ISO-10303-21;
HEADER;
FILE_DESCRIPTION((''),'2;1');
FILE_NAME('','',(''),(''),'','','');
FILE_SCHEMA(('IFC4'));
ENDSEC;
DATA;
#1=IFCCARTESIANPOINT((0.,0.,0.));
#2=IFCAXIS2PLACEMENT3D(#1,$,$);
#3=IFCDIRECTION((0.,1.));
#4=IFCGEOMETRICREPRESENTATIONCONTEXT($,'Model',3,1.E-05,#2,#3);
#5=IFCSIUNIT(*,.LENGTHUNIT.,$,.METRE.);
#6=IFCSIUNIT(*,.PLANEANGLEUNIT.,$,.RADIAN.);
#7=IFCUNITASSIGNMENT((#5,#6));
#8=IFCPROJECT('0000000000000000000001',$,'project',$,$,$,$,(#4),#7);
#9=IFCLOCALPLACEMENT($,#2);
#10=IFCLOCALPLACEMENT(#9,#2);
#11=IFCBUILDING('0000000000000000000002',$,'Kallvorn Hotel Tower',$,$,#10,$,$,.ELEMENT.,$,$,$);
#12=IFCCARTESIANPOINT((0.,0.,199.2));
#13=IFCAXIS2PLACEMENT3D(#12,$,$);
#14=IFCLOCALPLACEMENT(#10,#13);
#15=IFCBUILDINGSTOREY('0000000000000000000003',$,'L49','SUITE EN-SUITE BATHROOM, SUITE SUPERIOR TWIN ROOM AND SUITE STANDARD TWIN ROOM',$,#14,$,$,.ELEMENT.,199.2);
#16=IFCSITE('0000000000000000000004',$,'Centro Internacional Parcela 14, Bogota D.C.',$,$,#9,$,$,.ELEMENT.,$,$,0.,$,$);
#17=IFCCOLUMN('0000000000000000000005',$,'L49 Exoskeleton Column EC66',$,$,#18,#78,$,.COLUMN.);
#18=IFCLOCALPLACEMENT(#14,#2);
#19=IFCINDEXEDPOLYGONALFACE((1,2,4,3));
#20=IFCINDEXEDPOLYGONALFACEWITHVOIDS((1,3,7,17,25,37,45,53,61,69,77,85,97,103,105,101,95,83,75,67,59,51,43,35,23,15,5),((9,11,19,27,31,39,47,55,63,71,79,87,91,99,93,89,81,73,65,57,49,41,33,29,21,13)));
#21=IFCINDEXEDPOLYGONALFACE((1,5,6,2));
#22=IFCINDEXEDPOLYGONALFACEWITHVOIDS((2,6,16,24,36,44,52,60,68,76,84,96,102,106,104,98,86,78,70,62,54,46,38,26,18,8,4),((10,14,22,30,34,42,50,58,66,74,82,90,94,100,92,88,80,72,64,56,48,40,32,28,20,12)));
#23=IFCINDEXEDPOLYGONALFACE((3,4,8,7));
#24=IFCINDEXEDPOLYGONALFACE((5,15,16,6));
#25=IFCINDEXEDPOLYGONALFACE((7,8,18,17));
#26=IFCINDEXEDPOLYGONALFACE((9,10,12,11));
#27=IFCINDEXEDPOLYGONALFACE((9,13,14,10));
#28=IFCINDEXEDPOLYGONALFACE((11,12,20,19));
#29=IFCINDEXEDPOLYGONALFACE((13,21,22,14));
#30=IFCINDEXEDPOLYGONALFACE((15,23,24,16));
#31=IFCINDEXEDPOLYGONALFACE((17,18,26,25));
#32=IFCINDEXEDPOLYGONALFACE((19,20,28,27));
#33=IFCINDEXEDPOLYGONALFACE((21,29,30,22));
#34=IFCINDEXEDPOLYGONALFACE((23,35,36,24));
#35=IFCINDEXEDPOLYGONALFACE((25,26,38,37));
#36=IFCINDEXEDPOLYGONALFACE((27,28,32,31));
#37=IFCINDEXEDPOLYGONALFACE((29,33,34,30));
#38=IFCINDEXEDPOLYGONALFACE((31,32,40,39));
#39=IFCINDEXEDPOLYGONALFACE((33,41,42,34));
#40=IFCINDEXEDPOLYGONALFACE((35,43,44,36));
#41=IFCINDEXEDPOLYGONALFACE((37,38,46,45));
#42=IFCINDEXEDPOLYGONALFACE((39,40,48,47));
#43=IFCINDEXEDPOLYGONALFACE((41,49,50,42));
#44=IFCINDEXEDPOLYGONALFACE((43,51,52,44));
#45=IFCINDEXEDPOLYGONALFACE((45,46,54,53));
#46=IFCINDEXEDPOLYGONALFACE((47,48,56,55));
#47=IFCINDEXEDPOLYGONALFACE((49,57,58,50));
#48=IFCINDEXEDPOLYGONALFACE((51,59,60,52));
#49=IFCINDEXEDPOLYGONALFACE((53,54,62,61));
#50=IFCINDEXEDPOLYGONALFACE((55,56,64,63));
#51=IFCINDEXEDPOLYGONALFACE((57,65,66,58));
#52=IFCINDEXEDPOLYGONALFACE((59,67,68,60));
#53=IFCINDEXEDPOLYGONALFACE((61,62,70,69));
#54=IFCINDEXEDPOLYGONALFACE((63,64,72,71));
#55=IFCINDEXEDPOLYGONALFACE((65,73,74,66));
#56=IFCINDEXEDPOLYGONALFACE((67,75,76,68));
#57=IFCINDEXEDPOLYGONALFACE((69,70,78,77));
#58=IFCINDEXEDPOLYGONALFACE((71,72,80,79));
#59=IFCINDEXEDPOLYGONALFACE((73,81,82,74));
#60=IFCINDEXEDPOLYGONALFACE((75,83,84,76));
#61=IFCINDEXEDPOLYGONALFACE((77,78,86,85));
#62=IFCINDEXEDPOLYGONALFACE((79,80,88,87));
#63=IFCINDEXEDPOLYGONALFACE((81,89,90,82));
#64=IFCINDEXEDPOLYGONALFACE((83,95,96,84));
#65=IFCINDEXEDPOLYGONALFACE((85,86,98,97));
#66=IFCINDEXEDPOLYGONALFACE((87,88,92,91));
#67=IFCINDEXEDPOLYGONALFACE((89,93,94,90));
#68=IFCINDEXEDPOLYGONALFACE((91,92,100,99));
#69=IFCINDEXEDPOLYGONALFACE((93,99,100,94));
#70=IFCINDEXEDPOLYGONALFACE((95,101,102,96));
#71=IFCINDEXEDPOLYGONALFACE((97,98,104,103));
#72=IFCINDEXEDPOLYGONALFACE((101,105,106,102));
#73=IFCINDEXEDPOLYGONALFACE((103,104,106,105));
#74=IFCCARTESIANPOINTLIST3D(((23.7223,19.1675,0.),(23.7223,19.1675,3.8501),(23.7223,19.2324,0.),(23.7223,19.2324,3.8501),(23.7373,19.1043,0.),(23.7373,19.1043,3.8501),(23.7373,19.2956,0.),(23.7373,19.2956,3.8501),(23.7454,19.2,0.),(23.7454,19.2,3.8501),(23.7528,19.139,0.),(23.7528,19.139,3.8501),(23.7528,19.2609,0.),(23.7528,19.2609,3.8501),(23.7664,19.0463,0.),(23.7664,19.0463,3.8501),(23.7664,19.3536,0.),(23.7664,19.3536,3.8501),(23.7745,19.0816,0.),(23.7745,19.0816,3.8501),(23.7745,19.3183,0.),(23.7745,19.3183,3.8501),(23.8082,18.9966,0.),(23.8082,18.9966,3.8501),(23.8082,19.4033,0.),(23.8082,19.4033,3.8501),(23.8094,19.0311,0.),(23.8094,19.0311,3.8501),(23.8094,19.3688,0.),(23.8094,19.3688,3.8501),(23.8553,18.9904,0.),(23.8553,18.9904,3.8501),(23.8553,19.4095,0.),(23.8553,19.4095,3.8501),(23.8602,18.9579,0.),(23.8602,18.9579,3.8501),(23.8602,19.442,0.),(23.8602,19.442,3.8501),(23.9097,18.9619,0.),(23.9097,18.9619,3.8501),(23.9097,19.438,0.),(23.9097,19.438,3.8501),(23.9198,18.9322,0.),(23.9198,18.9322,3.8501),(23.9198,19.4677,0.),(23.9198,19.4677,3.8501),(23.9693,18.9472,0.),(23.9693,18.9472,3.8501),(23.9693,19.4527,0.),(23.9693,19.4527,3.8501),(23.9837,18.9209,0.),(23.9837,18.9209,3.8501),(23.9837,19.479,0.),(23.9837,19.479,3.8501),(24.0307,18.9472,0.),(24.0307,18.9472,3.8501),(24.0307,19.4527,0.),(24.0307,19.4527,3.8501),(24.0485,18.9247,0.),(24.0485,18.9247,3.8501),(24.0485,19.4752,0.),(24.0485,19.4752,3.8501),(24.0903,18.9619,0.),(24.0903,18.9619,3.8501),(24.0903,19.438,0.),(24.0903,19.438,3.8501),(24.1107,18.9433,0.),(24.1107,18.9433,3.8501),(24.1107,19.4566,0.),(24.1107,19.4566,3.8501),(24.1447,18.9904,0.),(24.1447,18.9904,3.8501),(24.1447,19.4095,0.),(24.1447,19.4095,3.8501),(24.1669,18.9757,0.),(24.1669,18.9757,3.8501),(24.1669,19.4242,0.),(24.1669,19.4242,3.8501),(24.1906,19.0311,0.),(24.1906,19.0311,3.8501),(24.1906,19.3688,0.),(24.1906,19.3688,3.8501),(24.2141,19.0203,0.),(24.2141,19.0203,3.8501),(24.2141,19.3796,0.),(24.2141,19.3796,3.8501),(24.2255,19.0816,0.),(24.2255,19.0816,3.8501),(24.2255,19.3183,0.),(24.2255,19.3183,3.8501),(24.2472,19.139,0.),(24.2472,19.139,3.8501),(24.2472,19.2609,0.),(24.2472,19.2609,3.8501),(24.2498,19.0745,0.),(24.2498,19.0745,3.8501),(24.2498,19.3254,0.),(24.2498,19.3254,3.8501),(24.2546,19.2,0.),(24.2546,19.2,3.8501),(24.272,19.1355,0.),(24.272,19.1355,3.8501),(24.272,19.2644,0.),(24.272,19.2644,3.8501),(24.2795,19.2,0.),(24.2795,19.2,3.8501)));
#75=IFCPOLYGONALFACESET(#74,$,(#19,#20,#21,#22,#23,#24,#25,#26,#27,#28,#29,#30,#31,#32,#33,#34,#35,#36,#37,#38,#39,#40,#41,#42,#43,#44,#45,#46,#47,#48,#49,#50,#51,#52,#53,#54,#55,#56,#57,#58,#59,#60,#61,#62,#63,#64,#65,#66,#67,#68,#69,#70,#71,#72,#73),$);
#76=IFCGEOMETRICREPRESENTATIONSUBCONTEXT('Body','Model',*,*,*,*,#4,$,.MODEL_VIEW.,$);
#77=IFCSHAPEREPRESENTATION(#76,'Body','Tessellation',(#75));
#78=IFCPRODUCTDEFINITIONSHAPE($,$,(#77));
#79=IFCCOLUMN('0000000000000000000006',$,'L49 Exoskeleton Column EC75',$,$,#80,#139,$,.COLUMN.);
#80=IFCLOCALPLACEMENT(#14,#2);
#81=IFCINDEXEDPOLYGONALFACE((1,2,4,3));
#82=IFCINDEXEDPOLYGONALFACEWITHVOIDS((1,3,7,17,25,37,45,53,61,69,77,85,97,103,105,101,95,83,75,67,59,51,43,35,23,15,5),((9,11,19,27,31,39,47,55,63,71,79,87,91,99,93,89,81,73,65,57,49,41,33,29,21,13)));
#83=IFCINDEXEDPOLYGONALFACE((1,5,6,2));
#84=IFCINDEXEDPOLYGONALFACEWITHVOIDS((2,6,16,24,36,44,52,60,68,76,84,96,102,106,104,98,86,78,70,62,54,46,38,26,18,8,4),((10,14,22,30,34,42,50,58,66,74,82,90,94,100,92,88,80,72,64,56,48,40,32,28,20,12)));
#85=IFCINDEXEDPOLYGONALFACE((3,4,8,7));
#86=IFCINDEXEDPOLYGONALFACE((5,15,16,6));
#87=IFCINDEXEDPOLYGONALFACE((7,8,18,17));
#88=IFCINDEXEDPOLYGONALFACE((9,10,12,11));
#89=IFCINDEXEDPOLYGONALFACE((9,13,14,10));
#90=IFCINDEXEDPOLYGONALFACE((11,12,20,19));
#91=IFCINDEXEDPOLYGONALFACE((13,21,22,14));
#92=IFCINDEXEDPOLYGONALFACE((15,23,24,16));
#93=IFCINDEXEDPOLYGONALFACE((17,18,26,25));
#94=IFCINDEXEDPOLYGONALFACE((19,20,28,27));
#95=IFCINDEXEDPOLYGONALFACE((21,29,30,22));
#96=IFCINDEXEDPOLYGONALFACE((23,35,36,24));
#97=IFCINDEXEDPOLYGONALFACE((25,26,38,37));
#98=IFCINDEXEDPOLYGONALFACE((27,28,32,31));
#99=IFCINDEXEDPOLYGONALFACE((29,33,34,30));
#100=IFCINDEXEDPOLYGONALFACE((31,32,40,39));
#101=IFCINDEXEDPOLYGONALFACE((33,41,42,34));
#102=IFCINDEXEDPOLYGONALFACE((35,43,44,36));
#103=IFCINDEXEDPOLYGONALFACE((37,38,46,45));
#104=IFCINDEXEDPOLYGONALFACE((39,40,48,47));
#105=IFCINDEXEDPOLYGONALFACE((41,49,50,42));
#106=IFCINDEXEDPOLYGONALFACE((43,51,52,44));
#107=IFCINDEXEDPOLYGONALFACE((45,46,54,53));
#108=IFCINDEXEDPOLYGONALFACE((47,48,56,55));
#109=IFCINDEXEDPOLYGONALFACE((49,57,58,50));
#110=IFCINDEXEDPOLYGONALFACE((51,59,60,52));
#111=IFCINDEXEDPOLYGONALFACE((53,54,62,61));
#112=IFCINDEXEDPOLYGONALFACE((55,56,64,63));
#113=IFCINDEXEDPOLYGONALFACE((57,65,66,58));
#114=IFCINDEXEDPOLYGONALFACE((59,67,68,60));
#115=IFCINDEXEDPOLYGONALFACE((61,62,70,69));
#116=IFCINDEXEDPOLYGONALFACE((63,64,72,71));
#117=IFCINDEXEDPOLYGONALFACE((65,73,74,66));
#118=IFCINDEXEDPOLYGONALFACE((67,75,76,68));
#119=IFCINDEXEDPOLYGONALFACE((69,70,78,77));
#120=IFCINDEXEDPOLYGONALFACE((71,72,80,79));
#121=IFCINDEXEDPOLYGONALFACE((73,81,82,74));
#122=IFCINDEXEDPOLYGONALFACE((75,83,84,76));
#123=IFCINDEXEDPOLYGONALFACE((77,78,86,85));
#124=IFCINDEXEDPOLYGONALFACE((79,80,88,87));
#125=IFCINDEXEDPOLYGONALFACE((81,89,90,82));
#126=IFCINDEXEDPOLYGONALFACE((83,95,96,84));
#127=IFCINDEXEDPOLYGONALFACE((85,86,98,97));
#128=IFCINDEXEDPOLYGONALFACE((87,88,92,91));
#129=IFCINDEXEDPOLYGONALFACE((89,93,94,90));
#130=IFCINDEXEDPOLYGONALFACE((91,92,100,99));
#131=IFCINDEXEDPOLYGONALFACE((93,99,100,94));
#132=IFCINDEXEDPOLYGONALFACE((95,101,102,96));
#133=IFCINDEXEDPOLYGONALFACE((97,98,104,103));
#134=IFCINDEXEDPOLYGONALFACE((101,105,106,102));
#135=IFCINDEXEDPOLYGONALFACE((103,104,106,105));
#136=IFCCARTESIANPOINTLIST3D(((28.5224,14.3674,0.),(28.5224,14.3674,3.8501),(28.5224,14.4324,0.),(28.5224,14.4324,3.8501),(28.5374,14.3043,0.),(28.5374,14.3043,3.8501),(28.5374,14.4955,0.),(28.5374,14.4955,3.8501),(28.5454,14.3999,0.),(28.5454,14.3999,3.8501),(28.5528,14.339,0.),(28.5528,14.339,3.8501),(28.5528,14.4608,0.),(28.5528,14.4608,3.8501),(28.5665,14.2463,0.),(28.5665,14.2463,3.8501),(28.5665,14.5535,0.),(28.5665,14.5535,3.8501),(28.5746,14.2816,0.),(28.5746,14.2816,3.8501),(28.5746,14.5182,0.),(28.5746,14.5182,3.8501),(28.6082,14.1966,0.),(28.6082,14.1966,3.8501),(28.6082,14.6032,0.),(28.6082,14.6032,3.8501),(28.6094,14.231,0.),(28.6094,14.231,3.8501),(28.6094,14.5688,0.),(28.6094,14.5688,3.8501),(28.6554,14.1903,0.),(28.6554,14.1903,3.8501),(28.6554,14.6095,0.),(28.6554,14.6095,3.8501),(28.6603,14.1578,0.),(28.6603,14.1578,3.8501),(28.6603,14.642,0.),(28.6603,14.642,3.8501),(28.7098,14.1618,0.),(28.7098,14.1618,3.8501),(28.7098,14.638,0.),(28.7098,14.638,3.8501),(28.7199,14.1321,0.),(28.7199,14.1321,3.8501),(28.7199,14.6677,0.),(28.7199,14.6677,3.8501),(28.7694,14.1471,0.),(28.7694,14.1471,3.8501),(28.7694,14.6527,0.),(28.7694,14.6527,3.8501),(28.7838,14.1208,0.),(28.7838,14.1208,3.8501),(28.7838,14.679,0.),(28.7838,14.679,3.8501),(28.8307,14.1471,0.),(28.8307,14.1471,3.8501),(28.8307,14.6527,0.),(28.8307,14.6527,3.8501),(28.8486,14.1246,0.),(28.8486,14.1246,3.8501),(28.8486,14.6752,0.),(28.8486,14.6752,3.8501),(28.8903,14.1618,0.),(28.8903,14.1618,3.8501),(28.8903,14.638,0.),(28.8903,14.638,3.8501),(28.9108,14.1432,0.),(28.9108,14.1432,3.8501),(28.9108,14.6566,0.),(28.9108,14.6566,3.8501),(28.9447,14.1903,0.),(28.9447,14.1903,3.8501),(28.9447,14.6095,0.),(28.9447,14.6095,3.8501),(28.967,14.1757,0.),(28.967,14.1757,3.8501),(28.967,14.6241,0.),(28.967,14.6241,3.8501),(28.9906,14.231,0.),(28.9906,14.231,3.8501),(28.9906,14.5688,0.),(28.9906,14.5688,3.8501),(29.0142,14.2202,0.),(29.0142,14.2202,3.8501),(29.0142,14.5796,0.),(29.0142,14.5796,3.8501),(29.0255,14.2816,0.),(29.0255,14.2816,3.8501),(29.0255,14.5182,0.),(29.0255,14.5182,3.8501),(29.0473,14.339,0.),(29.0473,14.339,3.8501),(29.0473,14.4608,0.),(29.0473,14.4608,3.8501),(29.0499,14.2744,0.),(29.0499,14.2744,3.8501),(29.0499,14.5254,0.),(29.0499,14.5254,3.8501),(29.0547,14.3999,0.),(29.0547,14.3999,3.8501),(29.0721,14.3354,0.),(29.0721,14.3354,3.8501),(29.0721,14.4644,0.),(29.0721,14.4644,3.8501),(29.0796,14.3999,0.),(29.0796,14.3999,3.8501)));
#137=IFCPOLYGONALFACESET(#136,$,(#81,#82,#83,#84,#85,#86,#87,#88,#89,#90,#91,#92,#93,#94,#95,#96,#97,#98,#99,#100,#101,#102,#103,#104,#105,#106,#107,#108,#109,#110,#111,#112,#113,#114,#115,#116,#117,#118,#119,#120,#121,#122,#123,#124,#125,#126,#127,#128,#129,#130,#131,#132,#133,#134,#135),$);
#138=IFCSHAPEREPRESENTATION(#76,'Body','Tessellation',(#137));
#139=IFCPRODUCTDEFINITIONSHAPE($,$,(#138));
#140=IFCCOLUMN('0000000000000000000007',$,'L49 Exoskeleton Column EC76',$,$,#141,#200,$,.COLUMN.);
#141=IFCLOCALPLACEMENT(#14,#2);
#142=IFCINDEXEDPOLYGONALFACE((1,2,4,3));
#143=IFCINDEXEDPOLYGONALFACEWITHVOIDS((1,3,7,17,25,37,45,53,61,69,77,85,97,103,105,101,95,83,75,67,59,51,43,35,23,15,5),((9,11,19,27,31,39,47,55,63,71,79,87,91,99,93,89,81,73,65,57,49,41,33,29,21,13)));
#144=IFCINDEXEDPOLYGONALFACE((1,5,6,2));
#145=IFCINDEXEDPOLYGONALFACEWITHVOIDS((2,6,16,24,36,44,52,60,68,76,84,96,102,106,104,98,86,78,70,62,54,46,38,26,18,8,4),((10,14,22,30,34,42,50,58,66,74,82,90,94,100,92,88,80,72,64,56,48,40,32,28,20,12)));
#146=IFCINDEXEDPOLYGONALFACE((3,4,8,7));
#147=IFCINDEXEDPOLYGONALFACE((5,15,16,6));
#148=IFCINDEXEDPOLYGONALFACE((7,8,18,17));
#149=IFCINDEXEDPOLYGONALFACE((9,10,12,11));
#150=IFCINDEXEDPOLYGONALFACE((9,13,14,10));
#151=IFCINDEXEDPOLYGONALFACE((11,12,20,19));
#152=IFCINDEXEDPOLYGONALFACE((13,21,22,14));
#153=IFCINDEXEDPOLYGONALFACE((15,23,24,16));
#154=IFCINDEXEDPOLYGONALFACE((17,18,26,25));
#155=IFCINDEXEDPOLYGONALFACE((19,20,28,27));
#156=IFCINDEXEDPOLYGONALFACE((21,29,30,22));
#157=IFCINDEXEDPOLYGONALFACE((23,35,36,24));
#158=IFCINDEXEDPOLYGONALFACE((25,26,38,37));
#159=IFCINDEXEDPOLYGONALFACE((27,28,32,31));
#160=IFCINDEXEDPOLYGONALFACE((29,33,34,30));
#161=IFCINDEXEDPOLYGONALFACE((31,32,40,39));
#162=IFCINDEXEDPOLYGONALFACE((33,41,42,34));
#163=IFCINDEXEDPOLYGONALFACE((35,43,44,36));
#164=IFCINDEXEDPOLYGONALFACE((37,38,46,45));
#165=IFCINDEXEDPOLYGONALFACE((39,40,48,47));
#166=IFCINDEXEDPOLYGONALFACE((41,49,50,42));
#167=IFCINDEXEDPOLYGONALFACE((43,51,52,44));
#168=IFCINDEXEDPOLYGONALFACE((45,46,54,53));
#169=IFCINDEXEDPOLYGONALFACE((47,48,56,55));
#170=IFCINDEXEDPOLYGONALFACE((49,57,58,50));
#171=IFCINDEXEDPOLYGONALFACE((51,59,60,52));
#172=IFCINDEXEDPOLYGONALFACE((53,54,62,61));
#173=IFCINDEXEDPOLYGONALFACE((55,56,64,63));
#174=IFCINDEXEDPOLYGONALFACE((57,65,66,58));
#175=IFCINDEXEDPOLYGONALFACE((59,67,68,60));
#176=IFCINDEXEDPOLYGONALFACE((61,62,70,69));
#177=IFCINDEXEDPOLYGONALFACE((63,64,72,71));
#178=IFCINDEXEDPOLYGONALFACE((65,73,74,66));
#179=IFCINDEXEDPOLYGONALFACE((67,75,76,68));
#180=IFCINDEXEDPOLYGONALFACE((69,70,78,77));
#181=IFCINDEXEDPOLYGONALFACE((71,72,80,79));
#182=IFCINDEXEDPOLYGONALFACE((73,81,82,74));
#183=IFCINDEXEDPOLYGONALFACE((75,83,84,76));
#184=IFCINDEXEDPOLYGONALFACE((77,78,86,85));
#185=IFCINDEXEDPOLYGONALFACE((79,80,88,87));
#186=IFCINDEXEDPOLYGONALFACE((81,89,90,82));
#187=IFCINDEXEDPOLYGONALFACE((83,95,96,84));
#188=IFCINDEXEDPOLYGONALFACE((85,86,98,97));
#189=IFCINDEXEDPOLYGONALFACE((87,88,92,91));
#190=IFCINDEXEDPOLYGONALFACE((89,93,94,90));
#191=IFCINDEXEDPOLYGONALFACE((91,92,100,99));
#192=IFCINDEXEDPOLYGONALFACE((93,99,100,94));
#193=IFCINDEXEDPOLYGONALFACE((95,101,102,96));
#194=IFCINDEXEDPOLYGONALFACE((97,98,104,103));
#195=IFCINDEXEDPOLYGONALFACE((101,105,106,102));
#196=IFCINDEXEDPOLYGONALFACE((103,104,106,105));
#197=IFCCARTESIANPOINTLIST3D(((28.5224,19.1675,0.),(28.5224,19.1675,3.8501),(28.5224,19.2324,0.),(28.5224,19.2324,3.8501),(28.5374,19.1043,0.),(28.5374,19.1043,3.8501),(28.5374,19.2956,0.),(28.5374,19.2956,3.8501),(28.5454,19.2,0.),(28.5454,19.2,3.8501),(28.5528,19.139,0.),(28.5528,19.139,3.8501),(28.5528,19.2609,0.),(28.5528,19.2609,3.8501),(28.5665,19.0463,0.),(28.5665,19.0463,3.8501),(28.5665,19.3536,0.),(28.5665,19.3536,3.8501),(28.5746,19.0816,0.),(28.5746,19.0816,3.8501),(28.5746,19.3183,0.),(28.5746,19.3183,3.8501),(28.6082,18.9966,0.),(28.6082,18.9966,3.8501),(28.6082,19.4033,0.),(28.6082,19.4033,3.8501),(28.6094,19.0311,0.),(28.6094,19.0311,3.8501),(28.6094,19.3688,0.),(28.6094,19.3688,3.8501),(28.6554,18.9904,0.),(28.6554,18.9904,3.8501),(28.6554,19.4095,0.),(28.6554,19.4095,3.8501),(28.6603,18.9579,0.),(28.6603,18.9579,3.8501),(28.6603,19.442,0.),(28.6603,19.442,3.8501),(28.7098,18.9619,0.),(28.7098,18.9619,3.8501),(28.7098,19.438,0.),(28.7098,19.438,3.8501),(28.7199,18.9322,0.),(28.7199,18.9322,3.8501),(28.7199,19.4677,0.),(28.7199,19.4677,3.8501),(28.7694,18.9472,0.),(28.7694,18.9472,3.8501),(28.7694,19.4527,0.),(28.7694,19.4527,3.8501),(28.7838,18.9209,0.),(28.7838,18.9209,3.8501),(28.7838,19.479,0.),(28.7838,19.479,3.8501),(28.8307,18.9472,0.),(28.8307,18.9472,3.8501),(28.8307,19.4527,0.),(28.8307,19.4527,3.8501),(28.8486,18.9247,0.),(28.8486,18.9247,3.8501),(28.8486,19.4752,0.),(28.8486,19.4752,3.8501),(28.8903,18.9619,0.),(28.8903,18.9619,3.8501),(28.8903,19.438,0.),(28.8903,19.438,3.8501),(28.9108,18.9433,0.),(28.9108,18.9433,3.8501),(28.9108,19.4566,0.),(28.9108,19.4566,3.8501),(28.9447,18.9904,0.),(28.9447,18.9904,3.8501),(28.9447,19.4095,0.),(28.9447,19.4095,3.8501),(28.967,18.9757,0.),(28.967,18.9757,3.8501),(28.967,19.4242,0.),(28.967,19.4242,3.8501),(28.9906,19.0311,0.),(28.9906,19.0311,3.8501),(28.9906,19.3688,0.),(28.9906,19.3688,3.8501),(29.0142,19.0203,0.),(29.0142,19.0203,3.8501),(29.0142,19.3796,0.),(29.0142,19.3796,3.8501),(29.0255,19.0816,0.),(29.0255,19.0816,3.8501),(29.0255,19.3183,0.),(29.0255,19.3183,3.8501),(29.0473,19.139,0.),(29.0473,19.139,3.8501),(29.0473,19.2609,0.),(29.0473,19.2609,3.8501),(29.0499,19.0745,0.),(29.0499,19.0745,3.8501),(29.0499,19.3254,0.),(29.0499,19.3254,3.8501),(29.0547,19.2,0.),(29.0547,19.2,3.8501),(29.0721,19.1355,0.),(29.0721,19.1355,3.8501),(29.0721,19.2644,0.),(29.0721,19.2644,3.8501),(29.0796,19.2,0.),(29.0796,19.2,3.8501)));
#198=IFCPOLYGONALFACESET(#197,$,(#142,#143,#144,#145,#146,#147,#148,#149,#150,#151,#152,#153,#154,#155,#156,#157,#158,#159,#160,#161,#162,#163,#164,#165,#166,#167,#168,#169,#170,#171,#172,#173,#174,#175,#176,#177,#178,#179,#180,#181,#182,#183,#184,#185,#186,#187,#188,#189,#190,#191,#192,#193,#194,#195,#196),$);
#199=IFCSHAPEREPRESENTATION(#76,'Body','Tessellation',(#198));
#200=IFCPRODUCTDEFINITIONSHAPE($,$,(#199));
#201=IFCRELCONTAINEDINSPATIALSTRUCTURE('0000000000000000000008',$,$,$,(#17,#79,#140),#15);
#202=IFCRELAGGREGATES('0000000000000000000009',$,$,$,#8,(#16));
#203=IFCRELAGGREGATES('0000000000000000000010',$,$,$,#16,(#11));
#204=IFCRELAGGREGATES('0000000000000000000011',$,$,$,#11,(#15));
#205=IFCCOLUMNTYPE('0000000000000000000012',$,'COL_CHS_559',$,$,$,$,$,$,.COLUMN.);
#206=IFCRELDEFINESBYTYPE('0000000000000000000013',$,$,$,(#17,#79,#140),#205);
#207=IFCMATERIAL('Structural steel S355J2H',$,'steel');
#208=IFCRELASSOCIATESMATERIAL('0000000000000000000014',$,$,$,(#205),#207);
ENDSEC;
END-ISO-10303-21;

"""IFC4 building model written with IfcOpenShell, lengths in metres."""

from ifc_helpers import new_model, si_unit, direction, frame, origin, origin_2d, place, context, subcontext, project, spatial, hollow_circle, extrude, material, material_profile, profile_set, type_object, element, save


model = new_model("IFC4")

# Units and contexts
model_context = context("Model", 3, precision=1e-05, world=origin(), true_north=direction((0.0, 1.0)))
body_context = subcontext(model_context, "Body", "Model", "MODEL_VIEW")
ifc_project = project(units=[si_unit("LENGTHUNIT", "METRE"), si_unit("PLANEANGLEUNIT", "RADIAN")], contexts=[model_context])

# Site, building, storey
site_placement = place(None, origin())
site = spatial("IfcSite", under=ifc_project, at=site_placement, Name="Centro Internacional Parcela 14, Bogota D.C.", CompositionType="ELEMENT", RefElevation=0.0)
building_placement = place(site_placement, origin())
building = spatial("IfcBuilding", under=site, at=building_placement, Name="Kallvorn Hotel Tower", CompositionType="ELEMENT")
storey_placement = place(building_placement, frame((0.0, 0.0, 199.2)))
storey = spatial("IfcBuildingStorey", under=building, at=storey_placement, Name="L49", Description="SUITE EN-SUITE BATHROOM, SUITE SUPERIOR TWIN ROOM AND SUITE STANDARD TWIN ROOM", CompositionType="ELEMENT", Elevation=199.2)

# Columns
ifc_material_1 = material(Name="Structural steel S355J2H", Category="steel")
ifc_material_profile_1 = material_profile(ifc_material_1, hollow_circle(Radius=0.2795, WallThickness=0.0249, at=origin_2d()), Name="CHS 559x25")
ifc_profile_set_1 = profile_set([ifc_material_profile_1], Name="Structural steel S355J2H")
column_type_1 = type_object("IfcColumnType", Name="COL_CHS_559", PredefinedType="COLUMN", material=ifc_profile_set_1)
for number, where, z_axis, x_axis, name in (
    (1, (24.0, 19.2, 0.0), (0.0, 0.0, 1.0), (1.0, 0.0, 0.0), "L49 Exoskeleton Column EC66"),
    (2, (28.8, 14.3999, 0.0), (0.0, 0.0, 1.0), (1.0, 0.0, 0.0), "L49 Exoskeleton Column EC75"),
    (3, (28.8, 19.2, 0.0), (0.0, 0.0, 1.0), (1.0, 0.0, 0.0), "L49 Exoskeleton Column EC76"),
):
    element("IfcColumn", number, at=place(storey_placement, frame(where, z_axis=z_axis, x_axis=x_axis)), inside=storey, type_object=column_type_1, Name=name, PredefinedType="COLUMN", context=body_context, shape_type="SweptSolid", body=[
        extrude(hollow_circle(Radius=0.2795, WallThickness=0.0249, at=origin_2d()), origin(), (0.0, 0.0, 1.0), 3.8501),
    ])

save(model, "model.ifc")
